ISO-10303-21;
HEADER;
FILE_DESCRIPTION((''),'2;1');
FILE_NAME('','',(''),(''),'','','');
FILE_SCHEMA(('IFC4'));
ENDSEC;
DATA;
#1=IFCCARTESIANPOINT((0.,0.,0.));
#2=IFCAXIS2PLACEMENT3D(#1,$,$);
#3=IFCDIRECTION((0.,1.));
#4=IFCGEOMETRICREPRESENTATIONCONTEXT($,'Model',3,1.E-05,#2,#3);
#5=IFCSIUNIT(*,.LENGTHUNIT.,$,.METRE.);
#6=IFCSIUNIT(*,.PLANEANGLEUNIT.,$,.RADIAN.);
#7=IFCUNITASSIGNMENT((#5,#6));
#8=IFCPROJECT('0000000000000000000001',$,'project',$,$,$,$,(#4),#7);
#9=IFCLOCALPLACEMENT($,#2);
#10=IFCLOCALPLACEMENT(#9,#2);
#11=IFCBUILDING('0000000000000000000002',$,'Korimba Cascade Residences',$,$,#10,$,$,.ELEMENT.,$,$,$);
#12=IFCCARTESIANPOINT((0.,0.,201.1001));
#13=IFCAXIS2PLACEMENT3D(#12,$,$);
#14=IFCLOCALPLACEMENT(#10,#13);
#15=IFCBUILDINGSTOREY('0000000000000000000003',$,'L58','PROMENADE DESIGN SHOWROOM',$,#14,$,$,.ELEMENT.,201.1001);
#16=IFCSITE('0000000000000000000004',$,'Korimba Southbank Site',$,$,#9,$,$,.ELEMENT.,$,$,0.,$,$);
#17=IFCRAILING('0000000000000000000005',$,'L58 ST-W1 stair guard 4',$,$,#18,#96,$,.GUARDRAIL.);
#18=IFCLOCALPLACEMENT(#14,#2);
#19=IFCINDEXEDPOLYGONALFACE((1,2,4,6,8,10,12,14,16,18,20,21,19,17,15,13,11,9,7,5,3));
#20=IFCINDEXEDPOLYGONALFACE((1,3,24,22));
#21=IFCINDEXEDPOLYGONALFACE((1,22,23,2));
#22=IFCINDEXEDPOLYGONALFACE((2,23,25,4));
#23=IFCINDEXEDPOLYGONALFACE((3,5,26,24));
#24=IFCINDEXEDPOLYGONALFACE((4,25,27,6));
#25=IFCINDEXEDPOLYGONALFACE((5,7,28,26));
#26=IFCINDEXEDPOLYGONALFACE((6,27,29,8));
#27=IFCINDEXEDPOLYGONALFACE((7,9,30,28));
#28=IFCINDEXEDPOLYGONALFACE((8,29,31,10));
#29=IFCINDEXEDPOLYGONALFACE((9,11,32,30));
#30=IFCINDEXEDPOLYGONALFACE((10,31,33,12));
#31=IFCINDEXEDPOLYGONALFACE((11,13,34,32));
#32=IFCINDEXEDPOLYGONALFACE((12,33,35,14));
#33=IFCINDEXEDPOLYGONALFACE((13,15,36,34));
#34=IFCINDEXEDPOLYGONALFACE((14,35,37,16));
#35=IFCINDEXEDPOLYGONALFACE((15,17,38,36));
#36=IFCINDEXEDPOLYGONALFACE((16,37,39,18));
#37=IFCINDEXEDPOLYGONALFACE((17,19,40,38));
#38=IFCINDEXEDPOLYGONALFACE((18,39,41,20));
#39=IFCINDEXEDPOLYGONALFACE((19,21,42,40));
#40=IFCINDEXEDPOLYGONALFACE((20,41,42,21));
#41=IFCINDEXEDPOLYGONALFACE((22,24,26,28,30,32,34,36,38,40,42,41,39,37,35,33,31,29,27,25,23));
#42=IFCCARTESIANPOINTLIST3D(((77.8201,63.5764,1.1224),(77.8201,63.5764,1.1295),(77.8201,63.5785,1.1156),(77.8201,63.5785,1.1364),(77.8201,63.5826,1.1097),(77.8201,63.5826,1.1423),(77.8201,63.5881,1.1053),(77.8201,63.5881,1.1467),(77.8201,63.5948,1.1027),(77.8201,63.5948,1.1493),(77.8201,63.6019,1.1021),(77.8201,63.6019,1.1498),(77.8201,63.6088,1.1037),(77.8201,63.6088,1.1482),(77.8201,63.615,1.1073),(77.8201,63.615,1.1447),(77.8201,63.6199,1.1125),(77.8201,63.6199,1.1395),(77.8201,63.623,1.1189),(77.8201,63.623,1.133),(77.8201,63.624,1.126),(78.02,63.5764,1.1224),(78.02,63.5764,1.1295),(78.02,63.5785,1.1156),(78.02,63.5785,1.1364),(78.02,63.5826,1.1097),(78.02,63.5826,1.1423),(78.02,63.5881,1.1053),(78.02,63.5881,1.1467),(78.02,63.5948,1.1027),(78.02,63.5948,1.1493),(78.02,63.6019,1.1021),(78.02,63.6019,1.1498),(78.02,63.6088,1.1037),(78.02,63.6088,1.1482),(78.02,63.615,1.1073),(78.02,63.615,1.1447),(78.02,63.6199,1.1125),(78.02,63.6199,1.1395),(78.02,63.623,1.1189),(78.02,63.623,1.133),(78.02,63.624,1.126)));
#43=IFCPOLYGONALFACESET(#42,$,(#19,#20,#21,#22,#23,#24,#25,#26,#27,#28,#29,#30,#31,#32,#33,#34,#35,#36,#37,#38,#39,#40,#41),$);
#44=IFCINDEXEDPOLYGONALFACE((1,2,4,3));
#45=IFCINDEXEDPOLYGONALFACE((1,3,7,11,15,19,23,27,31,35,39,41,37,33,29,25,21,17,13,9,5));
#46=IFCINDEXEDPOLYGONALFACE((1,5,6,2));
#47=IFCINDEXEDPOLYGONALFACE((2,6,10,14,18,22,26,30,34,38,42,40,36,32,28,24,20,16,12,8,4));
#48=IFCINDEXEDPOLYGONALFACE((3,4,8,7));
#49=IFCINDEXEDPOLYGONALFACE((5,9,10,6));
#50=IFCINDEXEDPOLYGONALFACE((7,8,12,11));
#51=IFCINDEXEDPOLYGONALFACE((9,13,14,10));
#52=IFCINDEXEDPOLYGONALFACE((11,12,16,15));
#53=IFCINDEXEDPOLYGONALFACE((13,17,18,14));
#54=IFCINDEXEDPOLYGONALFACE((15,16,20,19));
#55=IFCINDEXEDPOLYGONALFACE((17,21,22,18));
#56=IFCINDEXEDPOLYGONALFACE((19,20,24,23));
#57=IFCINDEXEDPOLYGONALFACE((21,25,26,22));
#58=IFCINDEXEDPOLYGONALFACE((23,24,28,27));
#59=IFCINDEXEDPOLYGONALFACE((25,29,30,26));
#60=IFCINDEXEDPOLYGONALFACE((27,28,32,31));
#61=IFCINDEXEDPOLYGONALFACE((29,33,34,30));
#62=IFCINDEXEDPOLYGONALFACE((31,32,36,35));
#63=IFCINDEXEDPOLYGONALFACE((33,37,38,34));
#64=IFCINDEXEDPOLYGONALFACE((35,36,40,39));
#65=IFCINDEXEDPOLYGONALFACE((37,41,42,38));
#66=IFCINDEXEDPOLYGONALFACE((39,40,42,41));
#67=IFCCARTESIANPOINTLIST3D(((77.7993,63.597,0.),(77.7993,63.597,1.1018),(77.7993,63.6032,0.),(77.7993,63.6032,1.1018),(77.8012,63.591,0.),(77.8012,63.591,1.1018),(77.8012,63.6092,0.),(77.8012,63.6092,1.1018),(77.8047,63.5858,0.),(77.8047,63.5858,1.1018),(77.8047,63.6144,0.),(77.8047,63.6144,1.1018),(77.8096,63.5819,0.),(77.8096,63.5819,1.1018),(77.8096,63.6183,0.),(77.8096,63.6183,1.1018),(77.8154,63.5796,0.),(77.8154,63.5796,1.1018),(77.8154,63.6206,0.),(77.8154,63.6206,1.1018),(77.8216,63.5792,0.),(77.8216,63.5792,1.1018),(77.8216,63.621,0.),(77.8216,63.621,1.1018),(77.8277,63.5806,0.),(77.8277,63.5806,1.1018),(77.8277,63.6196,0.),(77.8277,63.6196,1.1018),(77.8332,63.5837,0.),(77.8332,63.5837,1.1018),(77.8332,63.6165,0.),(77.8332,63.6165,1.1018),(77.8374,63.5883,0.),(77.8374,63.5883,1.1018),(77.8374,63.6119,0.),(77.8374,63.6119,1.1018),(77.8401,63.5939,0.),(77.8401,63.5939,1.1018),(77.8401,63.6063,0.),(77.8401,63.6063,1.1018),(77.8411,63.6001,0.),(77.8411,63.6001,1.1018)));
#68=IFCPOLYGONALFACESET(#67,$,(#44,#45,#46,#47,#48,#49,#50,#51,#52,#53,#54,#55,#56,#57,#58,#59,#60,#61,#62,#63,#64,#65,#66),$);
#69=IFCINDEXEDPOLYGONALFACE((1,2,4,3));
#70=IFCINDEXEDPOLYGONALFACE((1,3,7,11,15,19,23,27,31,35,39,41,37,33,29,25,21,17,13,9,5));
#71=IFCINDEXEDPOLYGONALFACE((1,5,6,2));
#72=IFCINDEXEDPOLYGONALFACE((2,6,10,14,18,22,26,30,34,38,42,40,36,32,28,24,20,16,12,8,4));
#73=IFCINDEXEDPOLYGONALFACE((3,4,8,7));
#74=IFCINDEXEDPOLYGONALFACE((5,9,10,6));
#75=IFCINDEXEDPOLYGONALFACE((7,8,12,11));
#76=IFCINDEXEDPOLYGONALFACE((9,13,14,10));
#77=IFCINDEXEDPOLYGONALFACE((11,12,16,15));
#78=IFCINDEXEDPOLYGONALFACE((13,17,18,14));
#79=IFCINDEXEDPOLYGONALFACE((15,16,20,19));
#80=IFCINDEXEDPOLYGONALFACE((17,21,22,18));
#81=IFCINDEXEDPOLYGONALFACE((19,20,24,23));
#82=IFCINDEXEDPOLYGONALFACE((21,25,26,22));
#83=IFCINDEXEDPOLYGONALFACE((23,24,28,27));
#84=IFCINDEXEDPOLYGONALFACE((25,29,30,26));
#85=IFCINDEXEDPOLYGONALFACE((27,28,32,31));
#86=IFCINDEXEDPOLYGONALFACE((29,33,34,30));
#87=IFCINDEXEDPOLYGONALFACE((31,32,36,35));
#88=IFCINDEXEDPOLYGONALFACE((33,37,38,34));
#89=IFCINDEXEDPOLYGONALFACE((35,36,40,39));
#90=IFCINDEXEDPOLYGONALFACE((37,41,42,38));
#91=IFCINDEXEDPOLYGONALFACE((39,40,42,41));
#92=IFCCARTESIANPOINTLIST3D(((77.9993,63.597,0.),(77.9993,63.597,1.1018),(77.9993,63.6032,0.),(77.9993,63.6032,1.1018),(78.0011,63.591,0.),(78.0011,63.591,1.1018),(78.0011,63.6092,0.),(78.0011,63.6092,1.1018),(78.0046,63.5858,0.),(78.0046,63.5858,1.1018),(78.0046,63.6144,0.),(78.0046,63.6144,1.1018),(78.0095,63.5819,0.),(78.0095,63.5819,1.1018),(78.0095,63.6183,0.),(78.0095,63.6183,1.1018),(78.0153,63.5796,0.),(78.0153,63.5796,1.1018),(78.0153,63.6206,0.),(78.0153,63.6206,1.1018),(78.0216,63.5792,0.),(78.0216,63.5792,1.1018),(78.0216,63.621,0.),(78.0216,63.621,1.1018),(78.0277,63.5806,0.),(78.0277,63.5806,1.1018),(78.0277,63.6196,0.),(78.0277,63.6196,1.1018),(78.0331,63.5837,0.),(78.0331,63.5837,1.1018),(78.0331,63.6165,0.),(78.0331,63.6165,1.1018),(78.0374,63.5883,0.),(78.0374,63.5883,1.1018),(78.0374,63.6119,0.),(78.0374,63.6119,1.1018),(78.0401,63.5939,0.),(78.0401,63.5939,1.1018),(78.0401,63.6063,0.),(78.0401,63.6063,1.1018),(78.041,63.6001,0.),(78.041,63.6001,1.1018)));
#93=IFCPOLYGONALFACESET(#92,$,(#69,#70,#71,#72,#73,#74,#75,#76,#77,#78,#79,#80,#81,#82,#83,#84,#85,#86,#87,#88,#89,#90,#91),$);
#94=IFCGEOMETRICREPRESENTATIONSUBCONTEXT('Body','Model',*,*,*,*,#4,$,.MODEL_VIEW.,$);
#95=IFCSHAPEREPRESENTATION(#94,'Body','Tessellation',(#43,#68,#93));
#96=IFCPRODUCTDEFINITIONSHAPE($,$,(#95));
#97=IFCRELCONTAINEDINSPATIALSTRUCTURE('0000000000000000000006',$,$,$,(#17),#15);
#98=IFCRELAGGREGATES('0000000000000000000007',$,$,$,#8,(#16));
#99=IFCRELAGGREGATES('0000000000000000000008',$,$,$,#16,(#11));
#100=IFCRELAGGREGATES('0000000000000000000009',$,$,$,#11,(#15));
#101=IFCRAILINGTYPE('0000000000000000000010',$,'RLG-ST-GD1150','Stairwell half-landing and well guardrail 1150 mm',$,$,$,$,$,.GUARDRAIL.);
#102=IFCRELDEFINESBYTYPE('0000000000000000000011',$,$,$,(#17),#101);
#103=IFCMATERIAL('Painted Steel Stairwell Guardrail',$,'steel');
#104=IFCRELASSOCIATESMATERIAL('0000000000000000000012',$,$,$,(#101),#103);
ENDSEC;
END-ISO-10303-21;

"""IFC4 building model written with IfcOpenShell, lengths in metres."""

from ifc_helpers import new_model, si_unit, direction, frame, origin, origin_2d, place, context, subcontext, project, spatial, circle, extrude, material, type_object, element, save


model = new_model("IFC4")

# Units and contexts
model_context = context("Model", 3, precision=1e-05, world=origin(), true_north=direction((0.0, 1.0)))
body_context = subcontext(model_context, "Body", "Model", "MODEL_VIEW")
ifc_project = project(units=[si_unit("LENGTHUNIT", "METRE"), si_unit("PLANEANGLEUNIT", "RADIAN")], contexts=[model_context])

# Site, building, storey
site_placement = place(None, origin())
site = spatial("IfcSite", under=ifc_project, at=site_placement, Name="Korimba Southbank Site", CompositionType="ELEMENT", RefElevation=0.0)
building_placement = place(site_placement, origin())
building = spatial("IfcBuilding", under=site, at=building_placement, Name="Korimba Cascade Residences", CompositionType="ELEMENT")
storey_placement = place(building_placement, frame((0.0, 0.0, 201.1001)))
storey = spatial("IfcBuildingStorey", under=building, at=storey_placement, Name="L58", Description="PROMENADE DESIGN SHOWROOM", CompositionType="ELEMENT", Elevation=201.1001)

# Railing
ifc_material_1 = material(Name="Painted Steel Stairwell Guardrail", Category="steel")
railing_type_1 = type_object("IfcRailingType", Name="RLG-ST-GD1150", Description="Stairwell half-landing and well guardrail 1150 mm", PredefinedType="GUARDRAIL", material=ifc_material_1)
railing_1_placement = place(storey_placement, frame((77.8201, 63.6001, 0.0)))
element("IfcRailing", 1, at=railing_1_placement, inside=storey, type_object=railing_type_1, Name="L58 ST-W1 stair guard 4", PredefinedType="GUARDRAIL", context=body_context, shape_type="SweptSolid", body=[
    extrude(circle(Radius=0.0239, at=origin_2d()), frame((0.0, 0.0, 1.126), z_axis=(1.0, 0.0, 0.0), x_axis=(0.0, 1.0, 0.0)), (0.0, 0.0, 1.0), 0.2),
    extrude(circle(Radius=0.021, at=origin_2d()), origin(), (0.0, 0.0, 1.0), 1.1018),
    extrude(circle(Radius=0.021, at=origin_2d()), frame((0.2, 0.0, 0.0)), (0.0, 0.0, 1.0), 1.1018),
])

save(model, "model.ifc")
